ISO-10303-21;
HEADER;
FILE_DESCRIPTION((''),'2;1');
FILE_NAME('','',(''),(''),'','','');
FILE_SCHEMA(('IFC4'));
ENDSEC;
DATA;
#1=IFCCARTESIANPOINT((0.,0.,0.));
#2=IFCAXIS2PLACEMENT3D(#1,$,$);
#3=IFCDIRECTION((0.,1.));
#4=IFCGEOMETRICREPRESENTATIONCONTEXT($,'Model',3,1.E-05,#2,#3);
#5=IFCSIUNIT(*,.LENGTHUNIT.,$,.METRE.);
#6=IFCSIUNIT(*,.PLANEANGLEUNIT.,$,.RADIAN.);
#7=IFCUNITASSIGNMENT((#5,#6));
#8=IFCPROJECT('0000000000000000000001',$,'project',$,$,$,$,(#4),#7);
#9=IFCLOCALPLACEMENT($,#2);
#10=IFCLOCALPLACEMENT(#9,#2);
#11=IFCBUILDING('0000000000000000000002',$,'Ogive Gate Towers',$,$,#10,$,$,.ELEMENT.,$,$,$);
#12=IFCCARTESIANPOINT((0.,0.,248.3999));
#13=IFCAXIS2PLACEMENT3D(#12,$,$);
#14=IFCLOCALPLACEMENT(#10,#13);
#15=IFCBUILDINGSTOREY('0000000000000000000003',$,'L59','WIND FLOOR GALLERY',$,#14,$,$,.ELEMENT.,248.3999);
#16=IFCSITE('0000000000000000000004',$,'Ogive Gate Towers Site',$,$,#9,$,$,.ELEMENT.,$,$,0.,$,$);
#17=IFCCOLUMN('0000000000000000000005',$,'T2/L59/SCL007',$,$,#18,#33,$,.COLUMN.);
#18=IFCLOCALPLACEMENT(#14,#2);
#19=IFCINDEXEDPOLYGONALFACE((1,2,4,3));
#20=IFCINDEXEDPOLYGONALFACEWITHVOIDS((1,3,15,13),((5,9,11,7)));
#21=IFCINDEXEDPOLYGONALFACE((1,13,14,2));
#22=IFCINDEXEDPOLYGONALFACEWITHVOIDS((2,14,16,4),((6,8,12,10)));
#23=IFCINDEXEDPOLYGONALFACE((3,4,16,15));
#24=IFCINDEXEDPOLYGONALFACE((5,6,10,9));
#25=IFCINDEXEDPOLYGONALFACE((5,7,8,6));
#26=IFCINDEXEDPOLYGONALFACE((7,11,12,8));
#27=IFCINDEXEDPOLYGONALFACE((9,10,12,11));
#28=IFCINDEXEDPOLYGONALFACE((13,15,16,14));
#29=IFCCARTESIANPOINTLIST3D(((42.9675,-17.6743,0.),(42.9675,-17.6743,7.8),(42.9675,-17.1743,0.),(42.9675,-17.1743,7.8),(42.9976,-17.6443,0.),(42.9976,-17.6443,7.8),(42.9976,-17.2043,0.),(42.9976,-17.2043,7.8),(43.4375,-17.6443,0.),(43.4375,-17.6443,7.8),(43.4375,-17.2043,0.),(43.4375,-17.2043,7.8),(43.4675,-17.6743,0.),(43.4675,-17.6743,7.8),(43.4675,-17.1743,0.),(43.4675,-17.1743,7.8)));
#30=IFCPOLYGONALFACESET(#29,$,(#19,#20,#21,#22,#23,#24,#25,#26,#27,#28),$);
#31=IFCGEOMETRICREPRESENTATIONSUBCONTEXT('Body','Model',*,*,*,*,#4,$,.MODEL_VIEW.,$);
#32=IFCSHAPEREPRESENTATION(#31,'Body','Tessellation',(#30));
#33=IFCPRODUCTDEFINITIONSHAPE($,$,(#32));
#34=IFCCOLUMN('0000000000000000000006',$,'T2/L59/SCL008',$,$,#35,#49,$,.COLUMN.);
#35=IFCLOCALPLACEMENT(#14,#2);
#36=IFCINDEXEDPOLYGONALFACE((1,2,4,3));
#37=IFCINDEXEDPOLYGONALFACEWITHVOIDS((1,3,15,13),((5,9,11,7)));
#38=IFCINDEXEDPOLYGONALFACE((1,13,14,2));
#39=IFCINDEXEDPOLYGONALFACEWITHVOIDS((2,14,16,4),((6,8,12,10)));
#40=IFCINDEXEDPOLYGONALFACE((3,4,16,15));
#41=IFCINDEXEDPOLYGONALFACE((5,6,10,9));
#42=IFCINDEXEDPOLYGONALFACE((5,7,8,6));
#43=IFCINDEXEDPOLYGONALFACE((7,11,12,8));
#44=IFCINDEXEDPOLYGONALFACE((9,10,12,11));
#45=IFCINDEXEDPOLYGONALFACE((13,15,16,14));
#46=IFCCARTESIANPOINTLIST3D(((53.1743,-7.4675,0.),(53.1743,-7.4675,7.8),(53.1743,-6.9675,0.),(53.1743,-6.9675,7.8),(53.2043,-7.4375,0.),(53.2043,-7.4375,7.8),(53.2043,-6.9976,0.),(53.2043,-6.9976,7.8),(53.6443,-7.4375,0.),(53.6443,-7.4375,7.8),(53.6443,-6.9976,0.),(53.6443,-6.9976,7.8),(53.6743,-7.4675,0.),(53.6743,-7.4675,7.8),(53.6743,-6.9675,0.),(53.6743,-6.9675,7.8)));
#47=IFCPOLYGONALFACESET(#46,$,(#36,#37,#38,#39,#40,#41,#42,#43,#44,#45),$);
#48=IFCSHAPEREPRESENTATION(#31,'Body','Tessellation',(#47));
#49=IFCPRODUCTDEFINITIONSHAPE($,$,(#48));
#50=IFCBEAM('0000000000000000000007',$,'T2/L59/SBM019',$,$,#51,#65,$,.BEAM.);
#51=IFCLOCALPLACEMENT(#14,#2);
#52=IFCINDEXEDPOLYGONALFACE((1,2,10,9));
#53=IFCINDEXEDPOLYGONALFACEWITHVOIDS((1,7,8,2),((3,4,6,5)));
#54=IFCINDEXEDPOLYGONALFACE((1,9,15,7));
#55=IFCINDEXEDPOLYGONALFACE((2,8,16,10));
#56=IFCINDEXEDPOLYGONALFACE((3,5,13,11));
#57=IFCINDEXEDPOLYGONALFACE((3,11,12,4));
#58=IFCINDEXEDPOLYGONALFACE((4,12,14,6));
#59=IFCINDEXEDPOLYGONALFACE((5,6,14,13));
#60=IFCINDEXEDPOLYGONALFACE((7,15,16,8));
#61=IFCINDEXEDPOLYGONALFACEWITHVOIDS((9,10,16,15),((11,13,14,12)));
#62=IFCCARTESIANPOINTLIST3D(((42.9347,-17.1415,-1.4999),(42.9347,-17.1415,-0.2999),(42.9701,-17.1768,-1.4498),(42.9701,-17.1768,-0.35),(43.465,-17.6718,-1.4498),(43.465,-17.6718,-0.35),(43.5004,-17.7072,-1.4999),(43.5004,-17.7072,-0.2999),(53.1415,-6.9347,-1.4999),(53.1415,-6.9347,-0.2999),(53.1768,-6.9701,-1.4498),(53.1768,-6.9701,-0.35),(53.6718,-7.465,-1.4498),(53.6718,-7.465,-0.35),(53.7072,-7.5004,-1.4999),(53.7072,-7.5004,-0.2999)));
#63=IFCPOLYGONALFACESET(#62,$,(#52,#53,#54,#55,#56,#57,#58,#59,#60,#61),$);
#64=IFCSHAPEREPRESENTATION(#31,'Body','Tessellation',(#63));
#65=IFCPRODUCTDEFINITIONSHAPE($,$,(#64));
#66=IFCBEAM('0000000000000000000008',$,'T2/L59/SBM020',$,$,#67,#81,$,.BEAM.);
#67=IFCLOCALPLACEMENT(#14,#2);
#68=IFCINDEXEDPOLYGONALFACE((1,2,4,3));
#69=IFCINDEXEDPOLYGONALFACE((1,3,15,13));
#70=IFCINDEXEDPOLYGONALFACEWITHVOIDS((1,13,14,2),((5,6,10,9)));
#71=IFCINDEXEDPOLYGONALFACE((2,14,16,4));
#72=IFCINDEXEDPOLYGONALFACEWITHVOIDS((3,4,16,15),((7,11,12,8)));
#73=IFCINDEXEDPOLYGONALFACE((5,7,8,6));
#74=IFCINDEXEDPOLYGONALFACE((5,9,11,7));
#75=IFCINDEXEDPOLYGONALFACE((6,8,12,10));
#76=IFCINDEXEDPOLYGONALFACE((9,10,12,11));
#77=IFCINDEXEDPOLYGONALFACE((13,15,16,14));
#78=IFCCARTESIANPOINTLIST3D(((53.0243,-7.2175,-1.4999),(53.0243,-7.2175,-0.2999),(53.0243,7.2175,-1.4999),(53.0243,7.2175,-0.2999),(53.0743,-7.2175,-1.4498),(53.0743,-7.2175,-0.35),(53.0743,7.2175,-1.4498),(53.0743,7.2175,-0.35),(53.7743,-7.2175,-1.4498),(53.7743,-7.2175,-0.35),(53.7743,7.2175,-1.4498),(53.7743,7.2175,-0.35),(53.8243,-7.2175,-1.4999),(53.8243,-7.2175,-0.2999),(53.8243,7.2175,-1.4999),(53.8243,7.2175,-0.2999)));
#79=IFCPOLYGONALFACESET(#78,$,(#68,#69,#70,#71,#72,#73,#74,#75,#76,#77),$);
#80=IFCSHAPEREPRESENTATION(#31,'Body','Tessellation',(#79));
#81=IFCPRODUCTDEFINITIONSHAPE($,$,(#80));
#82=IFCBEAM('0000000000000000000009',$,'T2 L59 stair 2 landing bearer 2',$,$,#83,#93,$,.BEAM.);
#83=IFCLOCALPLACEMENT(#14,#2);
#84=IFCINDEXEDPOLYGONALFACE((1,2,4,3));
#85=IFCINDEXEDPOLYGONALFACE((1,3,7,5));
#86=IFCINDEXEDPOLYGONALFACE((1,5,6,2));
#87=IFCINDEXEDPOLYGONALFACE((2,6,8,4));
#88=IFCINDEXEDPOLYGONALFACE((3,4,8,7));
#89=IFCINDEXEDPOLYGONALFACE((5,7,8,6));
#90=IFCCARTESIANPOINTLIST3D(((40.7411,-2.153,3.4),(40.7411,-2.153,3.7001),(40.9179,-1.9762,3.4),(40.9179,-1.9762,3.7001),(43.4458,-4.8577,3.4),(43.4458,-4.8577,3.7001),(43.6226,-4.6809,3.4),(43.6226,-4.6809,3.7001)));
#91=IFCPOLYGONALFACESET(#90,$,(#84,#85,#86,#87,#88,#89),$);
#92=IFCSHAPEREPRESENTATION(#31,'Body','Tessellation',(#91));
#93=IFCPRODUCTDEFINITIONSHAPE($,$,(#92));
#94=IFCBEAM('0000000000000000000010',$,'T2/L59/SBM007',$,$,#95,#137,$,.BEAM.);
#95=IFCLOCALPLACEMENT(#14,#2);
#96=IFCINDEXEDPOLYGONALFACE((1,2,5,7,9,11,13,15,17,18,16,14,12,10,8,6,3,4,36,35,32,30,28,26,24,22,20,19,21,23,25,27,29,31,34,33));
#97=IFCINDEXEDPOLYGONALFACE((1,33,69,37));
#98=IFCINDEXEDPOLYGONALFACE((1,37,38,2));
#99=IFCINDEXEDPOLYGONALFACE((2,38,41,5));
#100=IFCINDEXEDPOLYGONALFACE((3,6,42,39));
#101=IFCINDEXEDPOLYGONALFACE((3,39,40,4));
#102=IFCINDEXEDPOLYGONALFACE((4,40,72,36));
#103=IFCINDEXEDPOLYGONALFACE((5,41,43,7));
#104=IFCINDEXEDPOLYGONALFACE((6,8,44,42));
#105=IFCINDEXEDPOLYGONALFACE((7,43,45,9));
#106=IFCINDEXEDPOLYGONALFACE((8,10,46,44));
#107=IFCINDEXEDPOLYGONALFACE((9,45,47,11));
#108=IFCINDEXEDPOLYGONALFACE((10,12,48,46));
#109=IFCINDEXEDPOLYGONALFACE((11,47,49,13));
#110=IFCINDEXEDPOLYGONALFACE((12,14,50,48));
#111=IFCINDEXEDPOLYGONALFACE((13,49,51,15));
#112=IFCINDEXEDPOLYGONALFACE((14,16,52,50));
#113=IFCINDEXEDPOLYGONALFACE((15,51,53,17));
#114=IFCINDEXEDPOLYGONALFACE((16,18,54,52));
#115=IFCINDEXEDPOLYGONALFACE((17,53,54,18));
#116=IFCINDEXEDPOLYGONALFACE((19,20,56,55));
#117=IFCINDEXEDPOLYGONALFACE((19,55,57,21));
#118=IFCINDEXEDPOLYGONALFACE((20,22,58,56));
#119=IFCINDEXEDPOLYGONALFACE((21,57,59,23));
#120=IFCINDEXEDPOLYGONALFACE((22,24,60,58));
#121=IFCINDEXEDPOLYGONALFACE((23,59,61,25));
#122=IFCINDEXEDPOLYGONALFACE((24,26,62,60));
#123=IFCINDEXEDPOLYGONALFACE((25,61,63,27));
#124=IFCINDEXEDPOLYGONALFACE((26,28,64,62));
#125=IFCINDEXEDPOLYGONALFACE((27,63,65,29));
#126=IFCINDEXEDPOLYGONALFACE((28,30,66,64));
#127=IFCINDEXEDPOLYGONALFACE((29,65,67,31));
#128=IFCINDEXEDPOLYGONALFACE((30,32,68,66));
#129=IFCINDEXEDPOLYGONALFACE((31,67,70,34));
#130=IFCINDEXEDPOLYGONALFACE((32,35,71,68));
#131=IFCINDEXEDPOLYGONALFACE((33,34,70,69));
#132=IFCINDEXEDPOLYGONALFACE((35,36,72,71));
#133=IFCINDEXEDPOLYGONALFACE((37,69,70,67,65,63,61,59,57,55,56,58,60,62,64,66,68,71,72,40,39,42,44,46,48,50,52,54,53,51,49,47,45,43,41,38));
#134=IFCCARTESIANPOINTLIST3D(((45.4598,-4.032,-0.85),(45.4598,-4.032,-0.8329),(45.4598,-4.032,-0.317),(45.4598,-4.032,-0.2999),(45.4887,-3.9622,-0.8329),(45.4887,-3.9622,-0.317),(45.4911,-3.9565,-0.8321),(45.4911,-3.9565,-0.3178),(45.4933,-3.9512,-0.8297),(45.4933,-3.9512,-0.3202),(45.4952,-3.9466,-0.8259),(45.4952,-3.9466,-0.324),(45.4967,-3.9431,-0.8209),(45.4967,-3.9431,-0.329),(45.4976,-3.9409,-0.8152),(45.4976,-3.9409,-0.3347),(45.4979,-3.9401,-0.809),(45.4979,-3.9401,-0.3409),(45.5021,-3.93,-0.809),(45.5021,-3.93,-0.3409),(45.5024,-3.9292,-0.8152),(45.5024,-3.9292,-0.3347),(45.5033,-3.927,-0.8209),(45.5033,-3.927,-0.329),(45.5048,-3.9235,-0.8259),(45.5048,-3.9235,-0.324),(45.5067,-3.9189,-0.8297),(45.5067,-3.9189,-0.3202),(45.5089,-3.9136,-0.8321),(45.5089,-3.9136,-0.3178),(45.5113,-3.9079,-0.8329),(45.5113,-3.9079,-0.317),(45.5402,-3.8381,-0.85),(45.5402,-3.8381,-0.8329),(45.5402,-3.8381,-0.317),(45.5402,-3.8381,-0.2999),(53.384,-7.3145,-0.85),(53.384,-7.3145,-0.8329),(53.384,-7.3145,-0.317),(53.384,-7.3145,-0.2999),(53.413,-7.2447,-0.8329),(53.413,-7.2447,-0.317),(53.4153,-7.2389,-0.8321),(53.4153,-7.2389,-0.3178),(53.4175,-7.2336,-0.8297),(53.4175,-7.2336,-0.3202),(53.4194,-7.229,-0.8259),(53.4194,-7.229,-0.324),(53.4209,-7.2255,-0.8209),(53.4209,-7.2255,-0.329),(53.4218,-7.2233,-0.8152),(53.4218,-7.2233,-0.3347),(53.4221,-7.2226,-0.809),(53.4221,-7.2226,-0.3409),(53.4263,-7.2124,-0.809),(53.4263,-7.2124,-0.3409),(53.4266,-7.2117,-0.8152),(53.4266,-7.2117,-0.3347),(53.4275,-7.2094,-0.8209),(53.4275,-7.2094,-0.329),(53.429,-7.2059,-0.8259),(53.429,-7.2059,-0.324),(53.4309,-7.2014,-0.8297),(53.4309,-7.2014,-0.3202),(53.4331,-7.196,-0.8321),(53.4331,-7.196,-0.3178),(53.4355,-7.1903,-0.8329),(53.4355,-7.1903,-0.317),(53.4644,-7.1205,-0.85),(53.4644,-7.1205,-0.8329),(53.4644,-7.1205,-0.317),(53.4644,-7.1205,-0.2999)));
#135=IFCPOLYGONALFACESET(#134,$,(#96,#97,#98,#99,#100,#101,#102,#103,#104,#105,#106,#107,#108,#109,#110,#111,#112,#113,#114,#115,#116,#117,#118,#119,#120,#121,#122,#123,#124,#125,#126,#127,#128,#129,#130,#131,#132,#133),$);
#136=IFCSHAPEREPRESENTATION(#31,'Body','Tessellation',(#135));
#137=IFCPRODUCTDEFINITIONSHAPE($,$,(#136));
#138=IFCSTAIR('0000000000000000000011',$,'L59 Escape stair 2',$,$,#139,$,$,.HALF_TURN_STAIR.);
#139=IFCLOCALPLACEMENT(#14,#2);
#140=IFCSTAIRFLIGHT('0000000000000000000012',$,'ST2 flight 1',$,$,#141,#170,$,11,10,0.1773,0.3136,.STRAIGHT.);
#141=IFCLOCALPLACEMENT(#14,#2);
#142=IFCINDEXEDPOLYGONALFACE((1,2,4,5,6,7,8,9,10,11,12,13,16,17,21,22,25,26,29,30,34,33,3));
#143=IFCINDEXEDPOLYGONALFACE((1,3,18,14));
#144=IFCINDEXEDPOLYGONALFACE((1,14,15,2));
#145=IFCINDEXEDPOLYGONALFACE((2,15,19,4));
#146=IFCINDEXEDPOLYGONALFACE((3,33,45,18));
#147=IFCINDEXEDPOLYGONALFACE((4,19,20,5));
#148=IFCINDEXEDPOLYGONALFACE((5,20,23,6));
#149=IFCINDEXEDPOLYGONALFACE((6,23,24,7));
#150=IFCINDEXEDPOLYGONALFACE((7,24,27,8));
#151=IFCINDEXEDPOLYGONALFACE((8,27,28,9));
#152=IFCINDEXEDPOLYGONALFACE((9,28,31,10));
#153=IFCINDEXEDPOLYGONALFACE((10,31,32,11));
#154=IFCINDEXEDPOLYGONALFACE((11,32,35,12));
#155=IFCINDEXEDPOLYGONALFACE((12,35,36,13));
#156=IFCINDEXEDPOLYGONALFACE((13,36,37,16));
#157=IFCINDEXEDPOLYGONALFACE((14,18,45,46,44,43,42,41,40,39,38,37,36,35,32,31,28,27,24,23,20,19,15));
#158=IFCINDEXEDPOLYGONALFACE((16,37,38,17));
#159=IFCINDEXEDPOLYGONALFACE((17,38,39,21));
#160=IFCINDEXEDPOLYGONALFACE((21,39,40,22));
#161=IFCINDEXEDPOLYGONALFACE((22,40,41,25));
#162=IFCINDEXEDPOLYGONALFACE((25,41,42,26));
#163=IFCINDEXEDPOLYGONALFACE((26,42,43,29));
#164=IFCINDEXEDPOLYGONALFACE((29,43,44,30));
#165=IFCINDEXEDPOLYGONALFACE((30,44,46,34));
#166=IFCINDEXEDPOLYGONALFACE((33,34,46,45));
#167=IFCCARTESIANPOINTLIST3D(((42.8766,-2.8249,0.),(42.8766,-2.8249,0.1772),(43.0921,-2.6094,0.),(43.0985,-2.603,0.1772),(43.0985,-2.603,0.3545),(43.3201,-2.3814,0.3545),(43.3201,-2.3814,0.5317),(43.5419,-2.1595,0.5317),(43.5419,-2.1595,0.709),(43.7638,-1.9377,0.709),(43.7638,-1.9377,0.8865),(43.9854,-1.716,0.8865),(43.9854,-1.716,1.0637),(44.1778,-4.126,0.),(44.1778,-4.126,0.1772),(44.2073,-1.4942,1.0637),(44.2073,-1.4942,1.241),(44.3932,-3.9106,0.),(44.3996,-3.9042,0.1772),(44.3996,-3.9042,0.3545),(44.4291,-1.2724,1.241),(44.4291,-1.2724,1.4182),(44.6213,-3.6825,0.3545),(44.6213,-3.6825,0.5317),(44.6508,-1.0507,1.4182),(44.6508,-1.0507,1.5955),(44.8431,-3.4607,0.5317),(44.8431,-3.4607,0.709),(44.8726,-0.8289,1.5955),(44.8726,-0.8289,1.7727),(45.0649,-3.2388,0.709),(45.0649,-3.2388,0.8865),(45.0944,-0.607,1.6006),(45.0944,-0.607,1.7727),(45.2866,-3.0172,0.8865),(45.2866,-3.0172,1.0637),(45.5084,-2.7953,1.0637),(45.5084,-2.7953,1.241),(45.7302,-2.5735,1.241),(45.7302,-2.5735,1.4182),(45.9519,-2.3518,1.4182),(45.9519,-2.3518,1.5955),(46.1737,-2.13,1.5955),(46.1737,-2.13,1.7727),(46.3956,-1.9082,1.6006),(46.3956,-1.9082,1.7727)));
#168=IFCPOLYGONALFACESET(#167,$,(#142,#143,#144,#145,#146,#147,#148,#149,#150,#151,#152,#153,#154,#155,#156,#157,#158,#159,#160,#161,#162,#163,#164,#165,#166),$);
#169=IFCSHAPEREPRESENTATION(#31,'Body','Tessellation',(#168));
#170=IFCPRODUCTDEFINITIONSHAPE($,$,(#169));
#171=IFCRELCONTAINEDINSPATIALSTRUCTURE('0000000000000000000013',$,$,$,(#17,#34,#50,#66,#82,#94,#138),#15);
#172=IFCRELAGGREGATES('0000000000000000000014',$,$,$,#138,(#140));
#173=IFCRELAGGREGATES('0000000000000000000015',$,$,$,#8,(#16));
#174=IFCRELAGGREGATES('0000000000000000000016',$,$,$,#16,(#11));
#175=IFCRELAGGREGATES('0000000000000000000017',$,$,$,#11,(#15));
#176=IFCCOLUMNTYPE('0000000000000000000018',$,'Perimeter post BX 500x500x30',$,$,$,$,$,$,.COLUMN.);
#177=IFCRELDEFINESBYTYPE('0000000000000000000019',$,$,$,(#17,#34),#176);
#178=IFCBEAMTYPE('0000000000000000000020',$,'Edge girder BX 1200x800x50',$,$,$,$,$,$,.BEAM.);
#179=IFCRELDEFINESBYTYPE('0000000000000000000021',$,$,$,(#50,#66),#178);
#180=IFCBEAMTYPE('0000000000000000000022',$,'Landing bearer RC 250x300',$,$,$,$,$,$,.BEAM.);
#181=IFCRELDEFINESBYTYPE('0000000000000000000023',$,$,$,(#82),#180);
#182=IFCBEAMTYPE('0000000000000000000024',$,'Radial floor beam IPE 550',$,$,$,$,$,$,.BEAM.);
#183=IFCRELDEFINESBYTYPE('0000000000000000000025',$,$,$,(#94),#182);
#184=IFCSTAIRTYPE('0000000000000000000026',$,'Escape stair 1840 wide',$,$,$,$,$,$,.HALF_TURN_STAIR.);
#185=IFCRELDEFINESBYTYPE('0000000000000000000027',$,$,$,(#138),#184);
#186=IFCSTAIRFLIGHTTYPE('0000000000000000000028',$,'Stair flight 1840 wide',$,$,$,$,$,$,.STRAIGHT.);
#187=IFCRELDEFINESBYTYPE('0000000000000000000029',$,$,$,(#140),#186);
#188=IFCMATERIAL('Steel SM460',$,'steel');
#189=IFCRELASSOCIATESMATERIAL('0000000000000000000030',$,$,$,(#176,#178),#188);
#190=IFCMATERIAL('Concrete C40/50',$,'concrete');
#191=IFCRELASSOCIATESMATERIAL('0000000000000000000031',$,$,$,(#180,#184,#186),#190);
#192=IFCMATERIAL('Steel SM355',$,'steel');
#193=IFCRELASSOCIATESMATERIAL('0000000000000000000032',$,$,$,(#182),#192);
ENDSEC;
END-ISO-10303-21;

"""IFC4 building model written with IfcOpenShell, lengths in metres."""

from ifc_helpers import new_model, si_unit, direction, frame, origin, origin_2d, place, context, subcontext, project, spatial, polyline, rectangle, hollow_rectangle, i_section, outline, extrude, material, material_profile, profile_set, type_object, element, aggregate, save


model = new_model("IFC4")

# Units and contexts
model_context = context("Model", 3, precision=1e-05, world=origin(), true_north=direction((0.0, 1.0)))
body_context = subcontext(model_context, "Body", "Model", "MODEL_VIEW")
ifc_project = project(units=[si_unit("LENGTHUNIT", "METRE"), si_unit("PLANEANGLEUNIT", "RADIAN")], contexts=[model_context])

# Site, building, storey
site_placement = place(None, origin())
site = spatial("IfcSite", under=ifc_project, at=site_placement, Name="Ogive Gate Towers Site", CompositionType="ELEMENT", RefElevation=0.0)
building_placement = place(site_placement, origin())
building = spatial("IfcBuilding", under=site, at=building_placement, Name="Ogive Gate Towers", CompositionType="ELEMENT")
storey_placement = place(building_placement, frame((0.0, 0.0, 248.3999)))
storey = spatial("IfcBuildingStorey", under=building, at=storey_placement, Name="L59", Description="WIND FLOOR GALLERY", CompositionType="ELEMENT", Elevation=248.3999)

# Columns
ifc_material_1 = material(Name="Steel SM460", Category="steel")
ifc_material_profile_1 = material_profile(ifc_material_1, hollow_rectangle(XDim=0.5, YDim=0.5, WallThickness=0.03, at=origin_2d()), Name="BX 500x500x30")
ifc_profile_set_1 = profile_set([ifc_material_profile_1], Name="Steel SM460")
column_type = type_object("IfcColumnType", Name="Perimeter post BX 500x500x30", PredefinedType="COLUMN", material=ifc_profile_set_1)
for number, where, z_axis, x_axis, name in (
    (1, (43.2175, -17.4243, 0.0), (0.0, 0.0, 1.0), (1.0, 0.0, 0.0), "T2/L59/SCL007"),
    (2, (53.4243, -7.2175, 0.0), (0.0, 0.0, 1.0), (1.0, 0.0, 0.0), "T2/L59/SCL008"),
):
    element("IfcColumn", number, at=place(storey_placement, frame(where, z_axis=z_axis, x_axis=x_axis)), inside=storey, type_object=column_type, Name=name, PredefinedType="COLUMN", context=body_context, shape_type="SweptSolid", body=[
        extrude(hollow_rectangle(XDim=0.5, YDim=0.5, WallThickness=0.03, at=origin_2d()), origin(), (0.0, 0.0, 1.0), 7.8),
    ])

# Beams
ifc_material_profile_2 = material_profile(ifc_material_1, hollow_rectangle(XDim=0.8, YDim=1.2, WallThickness=0.05, at=origin_2d()), Name="BX 1200x800x50")
ifc_profile_set_2 = profile_set([ifc_material_profile_2], Name="Steel SM460")
beam_type_1 = type_object("IfcBeamType", Name="Edge girder BX 1200x800x50", PredefinedType="BEAM", material=ifc_profile_set_2)
beam_1_placement = place(storey_placement, frame((43.2175, -17.4243, -0.8999), z_axis=(0.707107, 0.707107, 0.0), x_axis=(-0.707107, 0.707107, 0.0)))
element("IfcBeam", 3, at=beam_1_placement, inside=storey, type_object=beam_type_1, Name="T2/L59/SBM019", PredefinedType="BEAM", context=body_context, shape_type="SweptSolid", body=[
    extrude(hollow_rectangle(XDim=0.8, YDim=1.2, WallThickness=0.05, at=origin_2d()), origin(), (0.0, 0.0, 1.0), 14.4346),
])
beam_2_placement = place(storey_placement, frame((53.4243, -7.2175, -0.8999), z_axis=(0.0, 1.0, 0.0), x_axis=(-1.0, 0.0, 0.0)))
element("IfcBeam", 4, at=beam_2_placement, inside=storey, type_object=beam_type_1, Name="T2/L59/SBM020", PredefinedType="BEAM", context=body_context, shape_type="SweptSolid", body=[
    extrude(hollow_rectangle(XDim=0.8, YDim=1.2, WallThickness=0.05, at=origin_2d()), origin(), (0.0, 0.0, 1.0), 14.4351),
])
ifc_material_2 = material(Name="Concrete C40/50", Category="concrete")
ifc_material_profile_3 = material_profile(ifc_material_2, rectangle(XDim=0.25, YDim=0.3, at=origin_2d()), Name="RC 250x300")
ifc_profile_set_3 = profile_set([ifc_material_profile_3], Name="Concrete C40/50")
beam_type_2 = type_object("IfcBeamType", Name="Landing bearer RC 250x300", PredefinedType="BEAM", material=ifc_profile_set_3)
beam_3_placement = place(storey_placement, frame((43.5342, -4.7693, 3.55), z_axis=(-0.707107, 0.707107, 0.0), x_axis=(-0.707107, -0.707107, 0.0)))
element("IfcBeam", 5, at=beam_3_placement, inside=storey, type_object=beam_type_2, Name="T2 L59 stair 2 landing bearer 2", PredefinedType="BEAM", context=body_context, shape_type="SweptSolid", body=[
    extrude(rectangle(XDim=0.25, YDim=0.3, at=origin_2d()), origin(), (0.0, 0.0, 1.0), 3.825),
])
ifc_material_3 = material(Name="Steel SM355", Category="steel")
ifc_material_profile_4 = material_profile(ifc_material_3, i_section(OverallWidth=0.21, OverallDepth=0.55, WebThickness=0.011, FlangeThickness=0.0171, FilletRadius=0.0239, at=origin_2d()), Name="IPE 550")
ifc_profile_set_4 = profile_set([ifc_material_profile_4], Name="Steel SM355")
beam_type_3 = type_object("IfcBeamType", Name="Radial floor beam IPE 550", PredefinedType="BEAM", material=ifc_profile_set_4)
beam_4_placement = place(storey_placement, frame((45.5, -3.9351, -0.575), z_axis=(0.923875, -0.382695, 0.0), x_axis=(0.382695, 0.923875, 0.0)))
element("IfcBeam", 6, at=beam_4_placement, inside=storey, type_object=beam_type_3, Name="T2/L59/SBM007", PredefinedType="BEAM", context=body_context, shape_type="SweptSolid", body=[
    extrude(i_section(OverallWidth=0.21, OverallDepth=0.55, WebThickness=0.011, FlangeThickness=0.0171, FilletRadius=0.0239, at=origin_2d()), origin(), (0.0, 0.0, 1.0), 8.5771),
])

# Stair, stair flight
stair_type = type_object("IfcStairType", Name="Escape stair 1840 wide", PredefinedType="HALF_TURN_STAIR", material=ifc_material_2)
stair_placement = place(storey_placement, origin())
stair = element("IfcStair", 7, at=stair_placement, inside=storey, type_object=stair_type, Name="L59 Escape stair 2", PredefinedType="HALF_TURN_STAIR")
stair_flight_type = type_object("IfcStairFlightType", Name="Stair flight 1840 wide", PredefinedType="STRAIGHT", material=ifc_material_2)
stair_flight_1_placement = place(storey_placement, frame((43.5271, -3.4753, 0.0), z_axis=(0.0, 0.0, 1.0), x_axis=(0.707107, 0.707107, 0.0)))
stair_flight_1 = element("IfcStairFlight", 8, at=stair_flight_1_placement, type_object=stair_flight_type, Name="ST2 flight 1", NumberOfRisers=11, NumberOfTreads=10, PredefinedType="STRAIGHT", RiserHeight=0.1773, TreadLength=0.3136, context=body_context, shape_type="SweptSolid", body=[
    extrude(outline(polyline([(0.0, 0.0), (0.0, 0.1772), (0.3137, 0.1772), (0.3137, 0.3545), (0.6272, 0.3545), (0.6272, 0.5317), (0.9409, 0.5317), (0.9409, 0.709), (1.2546, 0.709), (1.2546, 0.8865), (1.5681, 0.8865), (1.5681, 1.0637), (1.8818, 1.0637), (1.8818, 1.241), (2.1956, 1.241), (2.1956, 1.4182), (2.509, 1.4182), (2.509, 1.5955), (2.8228, 1.5955), (2.8228, 1.7727), (3.1365, 1.7727), (3.1365, 1.95), (3.1365, 1.6006), (0.3047, 0.0), (0.0, 0.0)])), frame((0.0, 0.9199, 0.0), z_axis=(0.0, -1.0, 0.0), x_axis=(1.0, 0.0, 0.0)), (0.0, 0.0, 1.0), 1.8401),
])
aggregate(stair, [stair_flight_1])

save(model, "model.ifc")
